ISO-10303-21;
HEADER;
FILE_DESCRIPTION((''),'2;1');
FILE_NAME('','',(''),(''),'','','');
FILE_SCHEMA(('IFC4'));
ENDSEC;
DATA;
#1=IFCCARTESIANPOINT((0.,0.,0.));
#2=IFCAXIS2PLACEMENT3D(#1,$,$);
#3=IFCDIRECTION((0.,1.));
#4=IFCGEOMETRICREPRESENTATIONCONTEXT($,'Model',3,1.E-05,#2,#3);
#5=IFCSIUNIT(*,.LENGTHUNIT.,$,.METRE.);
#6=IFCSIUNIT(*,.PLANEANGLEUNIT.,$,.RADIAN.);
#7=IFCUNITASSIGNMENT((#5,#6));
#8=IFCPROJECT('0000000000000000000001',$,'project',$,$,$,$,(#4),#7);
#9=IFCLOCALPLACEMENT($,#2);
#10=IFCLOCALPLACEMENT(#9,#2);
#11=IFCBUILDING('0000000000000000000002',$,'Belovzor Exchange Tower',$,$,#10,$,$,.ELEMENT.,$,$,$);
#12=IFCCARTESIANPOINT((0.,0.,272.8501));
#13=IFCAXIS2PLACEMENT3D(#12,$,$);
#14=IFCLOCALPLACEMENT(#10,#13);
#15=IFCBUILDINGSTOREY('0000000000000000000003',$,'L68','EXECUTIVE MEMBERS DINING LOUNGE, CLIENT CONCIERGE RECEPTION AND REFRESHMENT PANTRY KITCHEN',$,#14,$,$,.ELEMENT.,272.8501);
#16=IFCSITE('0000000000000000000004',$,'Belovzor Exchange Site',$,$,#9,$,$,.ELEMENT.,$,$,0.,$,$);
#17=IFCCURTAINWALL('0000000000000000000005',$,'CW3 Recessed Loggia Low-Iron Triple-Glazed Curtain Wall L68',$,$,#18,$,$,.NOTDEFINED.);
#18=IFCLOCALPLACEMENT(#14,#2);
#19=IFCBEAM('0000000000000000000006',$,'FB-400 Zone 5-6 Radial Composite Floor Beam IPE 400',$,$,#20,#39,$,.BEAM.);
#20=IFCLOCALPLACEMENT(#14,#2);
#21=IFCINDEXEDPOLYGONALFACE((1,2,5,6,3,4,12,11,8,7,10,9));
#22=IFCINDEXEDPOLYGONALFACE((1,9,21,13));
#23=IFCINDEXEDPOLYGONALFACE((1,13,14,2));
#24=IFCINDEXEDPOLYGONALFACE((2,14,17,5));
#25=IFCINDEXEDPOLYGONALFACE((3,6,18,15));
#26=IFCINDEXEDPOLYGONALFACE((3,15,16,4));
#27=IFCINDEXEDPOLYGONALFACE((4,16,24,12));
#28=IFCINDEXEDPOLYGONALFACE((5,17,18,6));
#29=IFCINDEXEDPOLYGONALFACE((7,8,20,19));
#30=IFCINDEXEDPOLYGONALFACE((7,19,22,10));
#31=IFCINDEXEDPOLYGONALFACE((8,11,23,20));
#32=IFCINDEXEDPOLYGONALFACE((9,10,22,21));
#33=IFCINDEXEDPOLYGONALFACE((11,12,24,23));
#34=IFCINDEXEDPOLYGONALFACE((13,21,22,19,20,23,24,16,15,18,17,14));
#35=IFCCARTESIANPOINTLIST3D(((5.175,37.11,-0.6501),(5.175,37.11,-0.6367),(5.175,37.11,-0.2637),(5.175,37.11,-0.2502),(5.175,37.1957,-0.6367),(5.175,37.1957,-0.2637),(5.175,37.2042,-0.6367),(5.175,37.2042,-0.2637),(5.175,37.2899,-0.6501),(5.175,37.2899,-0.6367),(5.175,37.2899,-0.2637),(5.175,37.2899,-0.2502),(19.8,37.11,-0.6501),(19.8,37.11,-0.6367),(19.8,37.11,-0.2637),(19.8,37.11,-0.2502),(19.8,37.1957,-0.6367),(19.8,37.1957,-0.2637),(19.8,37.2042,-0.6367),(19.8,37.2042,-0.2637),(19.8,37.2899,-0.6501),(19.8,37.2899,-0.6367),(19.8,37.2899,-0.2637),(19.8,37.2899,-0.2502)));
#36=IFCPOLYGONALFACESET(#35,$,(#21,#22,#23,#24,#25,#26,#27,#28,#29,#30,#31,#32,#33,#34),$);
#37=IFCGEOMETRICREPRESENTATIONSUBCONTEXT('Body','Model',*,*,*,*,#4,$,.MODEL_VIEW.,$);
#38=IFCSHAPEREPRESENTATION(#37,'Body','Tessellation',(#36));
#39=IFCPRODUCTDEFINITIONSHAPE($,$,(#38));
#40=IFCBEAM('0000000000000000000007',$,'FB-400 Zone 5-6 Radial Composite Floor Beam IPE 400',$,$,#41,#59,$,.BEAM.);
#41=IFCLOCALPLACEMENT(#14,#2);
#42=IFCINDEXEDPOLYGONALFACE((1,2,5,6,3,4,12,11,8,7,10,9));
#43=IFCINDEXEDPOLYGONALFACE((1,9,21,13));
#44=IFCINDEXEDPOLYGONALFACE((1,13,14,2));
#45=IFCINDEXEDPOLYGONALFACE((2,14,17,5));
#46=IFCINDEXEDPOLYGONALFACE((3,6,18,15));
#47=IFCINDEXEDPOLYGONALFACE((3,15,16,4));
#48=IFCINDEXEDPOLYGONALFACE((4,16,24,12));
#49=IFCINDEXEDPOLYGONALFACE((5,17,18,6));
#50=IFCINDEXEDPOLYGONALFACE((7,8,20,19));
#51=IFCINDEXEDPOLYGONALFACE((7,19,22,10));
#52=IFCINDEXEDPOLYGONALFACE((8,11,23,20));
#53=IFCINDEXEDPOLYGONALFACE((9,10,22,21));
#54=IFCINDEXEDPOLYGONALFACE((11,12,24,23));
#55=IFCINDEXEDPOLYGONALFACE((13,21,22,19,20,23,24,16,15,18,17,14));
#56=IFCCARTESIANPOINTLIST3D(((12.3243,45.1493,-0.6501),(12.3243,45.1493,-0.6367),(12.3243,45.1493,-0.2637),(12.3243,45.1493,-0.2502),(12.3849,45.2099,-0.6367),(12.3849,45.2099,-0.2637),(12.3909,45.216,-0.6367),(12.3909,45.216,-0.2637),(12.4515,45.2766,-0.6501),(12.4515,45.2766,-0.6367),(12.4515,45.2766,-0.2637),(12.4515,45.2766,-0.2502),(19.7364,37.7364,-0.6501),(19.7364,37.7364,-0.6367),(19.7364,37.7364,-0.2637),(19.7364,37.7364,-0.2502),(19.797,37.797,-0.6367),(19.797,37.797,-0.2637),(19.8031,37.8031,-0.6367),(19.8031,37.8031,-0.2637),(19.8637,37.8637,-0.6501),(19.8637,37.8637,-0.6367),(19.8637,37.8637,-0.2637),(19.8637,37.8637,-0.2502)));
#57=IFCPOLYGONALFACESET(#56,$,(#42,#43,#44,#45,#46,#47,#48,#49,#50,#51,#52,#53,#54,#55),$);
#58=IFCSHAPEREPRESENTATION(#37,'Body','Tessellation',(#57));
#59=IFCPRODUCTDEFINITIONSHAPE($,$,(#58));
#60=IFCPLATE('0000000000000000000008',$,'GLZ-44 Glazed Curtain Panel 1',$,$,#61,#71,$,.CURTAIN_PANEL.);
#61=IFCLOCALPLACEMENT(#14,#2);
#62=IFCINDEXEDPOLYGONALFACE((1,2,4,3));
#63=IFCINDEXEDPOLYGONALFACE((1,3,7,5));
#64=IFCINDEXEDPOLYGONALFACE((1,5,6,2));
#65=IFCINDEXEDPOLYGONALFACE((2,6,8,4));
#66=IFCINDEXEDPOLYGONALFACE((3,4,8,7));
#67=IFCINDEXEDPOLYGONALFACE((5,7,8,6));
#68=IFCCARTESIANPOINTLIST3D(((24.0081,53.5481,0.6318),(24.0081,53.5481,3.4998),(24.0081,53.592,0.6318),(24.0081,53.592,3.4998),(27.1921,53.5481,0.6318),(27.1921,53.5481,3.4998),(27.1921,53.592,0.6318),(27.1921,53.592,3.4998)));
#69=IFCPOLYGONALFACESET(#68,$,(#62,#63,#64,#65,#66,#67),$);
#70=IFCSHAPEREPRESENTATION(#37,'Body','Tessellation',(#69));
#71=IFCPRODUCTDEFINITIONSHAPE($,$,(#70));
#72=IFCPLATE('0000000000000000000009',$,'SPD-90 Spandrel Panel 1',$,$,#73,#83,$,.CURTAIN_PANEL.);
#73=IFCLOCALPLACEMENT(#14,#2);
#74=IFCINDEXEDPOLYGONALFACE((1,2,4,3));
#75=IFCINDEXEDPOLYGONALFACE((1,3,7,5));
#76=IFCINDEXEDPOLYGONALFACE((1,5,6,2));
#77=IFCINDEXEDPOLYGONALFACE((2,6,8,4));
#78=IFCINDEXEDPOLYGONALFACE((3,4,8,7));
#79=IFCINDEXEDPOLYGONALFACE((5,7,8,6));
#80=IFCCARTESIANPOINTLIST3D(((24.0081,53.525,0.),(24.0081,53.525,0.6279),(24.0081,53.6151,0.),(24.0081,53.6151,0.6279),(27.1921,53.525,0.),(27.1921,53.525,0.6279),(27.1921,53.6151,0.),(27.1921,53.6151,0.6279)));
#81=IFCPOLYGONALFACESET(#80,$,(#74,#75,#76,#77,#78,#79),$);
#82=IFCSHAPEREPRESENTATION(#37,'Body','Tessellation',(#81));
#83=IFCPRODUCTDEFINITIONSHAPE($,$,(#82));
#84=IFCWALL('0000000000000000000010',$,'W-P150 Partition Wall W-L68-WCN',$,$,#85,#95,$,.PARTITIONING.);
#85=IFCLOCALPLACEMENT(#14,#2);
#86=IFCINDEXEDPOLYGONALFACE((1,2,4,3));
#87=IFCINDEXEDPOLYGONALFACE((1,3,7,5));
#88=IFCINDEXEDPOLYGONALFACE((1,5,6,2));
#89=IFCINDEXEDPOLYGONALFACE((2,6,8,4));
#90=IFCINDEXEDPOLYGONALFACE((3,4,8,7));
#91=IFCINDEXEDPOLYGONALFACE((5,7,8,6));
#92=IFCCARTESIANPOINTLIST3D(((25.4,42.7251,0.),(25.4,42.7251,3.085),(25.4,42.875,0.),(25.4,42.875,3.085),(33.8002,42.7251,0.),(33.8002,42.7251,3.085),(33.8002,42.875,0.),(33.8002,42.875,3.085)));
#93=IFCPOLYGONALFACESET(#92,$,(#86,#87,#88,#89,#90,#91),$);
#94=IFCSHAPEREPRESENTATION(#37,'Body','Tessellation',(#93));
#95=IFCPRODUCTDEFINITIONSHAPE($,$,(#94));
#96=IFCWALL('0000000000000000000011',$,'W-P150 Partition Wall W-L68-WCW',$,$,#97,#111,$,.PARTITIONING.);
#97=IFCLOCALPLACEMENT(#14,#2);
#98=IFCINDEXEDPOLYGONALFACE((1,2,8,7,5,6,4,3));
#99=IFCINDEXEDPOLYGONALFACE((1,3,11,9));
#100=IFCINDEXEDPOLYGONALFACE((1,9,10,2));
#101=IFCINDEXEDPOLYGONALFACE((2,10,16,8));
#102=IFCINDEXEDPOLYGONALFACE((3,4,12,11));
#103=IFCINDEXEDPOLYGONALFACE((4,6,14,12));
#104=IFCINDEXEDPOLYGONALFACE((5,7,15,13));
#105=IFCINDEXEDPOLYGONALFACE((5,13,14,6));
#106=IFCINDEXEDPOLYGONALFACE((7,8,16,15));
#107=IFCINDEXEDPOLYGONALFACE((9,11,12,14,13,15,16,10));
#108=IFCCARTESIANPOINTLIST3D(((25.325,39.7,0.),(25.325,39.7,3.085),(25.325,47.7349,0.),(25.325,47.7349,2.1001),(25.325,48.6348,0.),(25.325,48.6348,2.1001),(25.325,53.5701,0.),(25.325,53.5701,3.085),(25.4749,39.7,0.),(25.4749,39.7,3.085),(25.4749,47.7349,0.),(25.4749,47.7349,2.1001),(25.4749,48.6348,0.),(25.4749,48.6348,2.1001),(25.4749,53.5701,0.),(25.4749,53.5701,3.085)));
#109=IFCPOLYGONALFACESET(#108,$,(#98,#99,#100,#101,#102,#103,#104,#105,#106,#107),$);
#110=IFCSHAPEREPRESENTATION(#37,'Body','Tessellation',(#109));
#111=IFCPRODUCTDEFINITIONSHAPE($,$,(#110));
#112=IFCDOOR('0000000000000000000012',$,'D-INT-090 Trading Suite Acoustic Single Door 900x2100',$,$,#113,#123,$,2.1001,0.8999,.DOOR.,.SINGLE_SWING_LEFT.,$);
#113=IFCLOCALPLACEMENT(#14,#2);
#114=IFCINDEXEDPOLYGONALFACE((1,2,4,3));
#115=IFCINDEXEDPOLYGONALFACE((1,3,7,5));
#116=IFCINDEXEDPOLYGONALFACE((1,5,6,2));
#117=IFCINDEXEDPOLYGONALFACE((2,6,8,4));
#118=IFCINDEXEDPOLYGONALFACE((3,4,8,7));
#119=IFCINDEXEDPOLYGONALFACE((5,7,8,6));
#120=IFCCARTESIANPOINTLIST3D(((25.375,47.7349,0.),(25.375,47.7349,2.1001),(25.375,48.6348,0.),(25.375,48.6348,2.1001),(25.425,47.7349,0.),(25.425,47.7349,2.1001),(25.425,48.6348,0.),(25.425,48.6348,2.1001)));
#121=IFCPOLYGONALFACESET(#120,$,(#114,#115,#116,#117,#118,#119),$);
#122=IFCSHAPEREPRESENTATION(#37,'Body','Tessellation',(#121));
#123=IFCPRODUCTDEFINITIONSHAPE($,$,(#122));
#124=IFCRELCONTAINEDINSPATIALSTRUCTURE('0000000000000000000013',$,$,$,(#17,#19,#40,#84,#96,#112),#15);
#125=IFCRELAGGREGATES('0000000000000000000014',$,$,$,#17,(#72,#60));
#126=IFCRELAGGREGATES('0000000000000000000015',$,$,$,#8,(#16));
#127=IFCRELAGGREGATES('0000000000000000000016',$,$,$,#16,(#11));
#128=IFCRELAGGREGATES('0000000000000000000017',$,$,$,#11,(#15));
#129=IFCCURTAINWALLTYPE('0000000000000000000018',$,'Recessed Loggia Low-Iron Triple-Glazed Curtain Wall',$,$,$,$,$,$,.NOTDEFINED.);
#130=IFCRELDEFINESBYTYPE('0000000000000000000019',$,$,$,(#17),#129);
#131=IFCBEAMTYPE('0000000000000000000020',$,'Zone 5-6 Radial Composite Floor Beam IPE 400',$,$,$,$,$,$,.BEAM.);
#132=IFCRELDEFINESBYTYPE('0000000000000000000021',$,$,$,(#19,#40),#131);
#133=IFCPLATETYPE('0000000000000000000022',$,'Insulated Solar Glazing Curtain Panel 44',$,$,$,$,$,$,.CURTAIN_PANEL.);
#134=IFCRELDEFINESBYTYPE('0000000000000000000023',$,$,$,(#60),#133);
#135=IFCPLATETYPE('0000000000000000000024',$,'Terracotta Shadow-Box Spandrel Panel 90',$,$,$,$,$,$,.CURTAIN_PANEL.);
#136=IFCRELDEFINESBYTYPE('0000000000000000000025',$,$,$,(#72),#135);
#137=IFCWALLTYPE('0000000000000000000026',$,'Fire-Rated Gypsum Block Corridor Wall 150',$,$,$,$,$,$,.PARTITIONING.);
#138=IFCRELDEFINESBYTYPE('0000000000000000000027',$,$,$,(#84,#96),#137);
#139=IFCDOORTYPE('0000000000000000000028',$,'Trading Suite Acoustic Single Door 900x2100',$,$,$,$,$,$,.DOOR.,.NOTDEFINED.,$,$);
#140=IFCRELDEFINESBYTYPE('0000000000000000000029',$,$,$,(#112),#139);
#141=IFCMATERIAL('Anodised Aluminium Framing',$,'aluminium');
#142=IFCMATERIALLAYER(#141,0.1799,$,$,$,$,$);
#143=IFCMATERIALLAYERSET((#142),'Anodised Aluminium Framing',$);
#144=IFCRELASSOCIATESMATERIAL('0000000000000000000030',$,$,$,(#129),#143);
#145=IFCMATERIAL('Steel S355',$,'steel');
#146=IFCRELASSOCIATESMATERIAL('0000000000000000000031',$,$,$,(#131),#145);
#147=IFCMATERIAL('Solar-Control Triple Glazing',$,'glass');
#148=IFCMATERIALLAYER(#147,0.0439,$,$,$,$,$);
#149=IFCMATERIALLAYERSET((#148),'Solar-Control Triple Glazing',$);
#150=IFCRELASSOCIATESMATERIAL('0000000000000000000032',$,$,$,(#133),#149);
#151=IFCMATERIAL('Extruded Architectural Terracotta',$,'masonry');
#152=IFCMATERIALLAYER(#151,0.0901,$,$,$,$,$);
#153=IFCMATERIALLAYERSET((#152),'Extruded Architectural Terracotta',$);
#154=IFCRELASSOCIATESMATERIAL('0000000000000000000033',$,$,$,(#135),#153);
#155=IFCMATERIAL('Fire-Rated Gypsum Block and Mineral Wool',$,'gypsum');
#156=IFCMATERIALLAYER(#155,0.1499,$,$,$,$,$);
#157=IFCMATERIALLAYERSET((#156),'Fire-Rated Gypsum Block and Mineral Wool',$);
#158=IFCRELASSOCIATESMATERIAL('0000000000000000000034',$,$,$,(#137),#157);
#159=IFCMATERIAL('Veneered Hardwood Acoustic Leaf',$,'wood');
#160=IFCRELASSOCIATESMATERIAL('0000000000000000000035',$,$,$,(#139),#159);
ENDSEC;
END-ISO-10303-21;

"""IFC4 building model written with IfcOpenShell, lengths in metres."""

from ifc_helpers import new_model, si_unit, direction, frame, frame_2d, origin, origin_2d, place, context, subcontext, project, spatial, rectangle, i_section, extrude, material, layer, layer_set, material_profile, profile_set, type_object, element, fill, aggregate, save


model = new_model("IFC4")

# Units and contexts
model_context = context("Model", 3, precision=1e-05, world=origin(), true_north=direction((0.0, 1.0)))
body_context = subcontext(model_context, "Body", "Model", "MODEL_VIEW")
ifc_project = project(units=[si_unit("LENGTHUNIT", "METRE"), si_unit("PLANEANGLEUNIT", "RADIAN")], contexts=[model_context])

# Site, building, storey
site_placement = place(None, origin())
site = spatial("IfcSite", under=ifc_project, at=site_placement, Name="Belovzor Exchange Site", CompositionType="ELEMENT", RefElevation=0.0)
building_placement = place(site_placement, origin())
building = spatial("IfcBuilding", under=site, at=building_placement, Name="Belovzor Exchange Tower", CompositionType="ELEMENT")
storey_placement = place(building_placement, frame((0.0, 0.0, 272.8501)))
storey = spatial("IfcBuildingStorey", under=building, at=storey_placement, Name="L68", Description="EXECUTIVE MEMBERS DINING LOUNGE, CLIENT CONCIERGE RECEPTION AND REFRESHMENT PANTRY KITCHEN", CompositionType="ELEMENT", Elevation=272.8501)

# Curtain wall
ifc_material_1 = material(Name="Anodised Aluminium Framing", Category="aluminium")
ifc_layer_1 = layer(ifc_material_1, 0.1799)
ifc_layer_set_1 = layer_set([ifc_layer_1], Name="Anodised Aluminium Framing")
curtain_wall_type = type_object("IfcCurtainWallType", Name="Recessed Loggia Low-Iron Triple-Glazed Curtain Wall", PredefinedType="NOTDEFINED", material=ifc_layer_set_1)
curtain_wall_placement = place(storey_placement, origin())
curtain_wall = element("IfcCurtainWall", 1, at=curtain_wall_placement, inside=storey, type_object=curtain_wall_type, Name="CW3 Recessed Loggia Low-Iron Triple-Glazed Curtain Wall L68", PredefinedType="NOTDEFINED")

# Beams
ifc_material_2 = material(Name="Steel S355", Category="steel")
ifc_material_profile_1 = material_profile(ifc_material_2, i_section(OverallWidth=0.1799, OverallDepth=0.3999, WebThickness=0.0085, FlangeThickness=0.0134, at=origin_2d()))
ifc_profile_set_1 = profile_set([ifc_material_profile_1], Name="Steel S355")
beam_type_1 = type_object("IfcBeamType", Name="Zone 5-6 Radial Composite Floor Beam IPE 400", PredefinedType="BEAM", material=ifc_profile_set_1)
for number, where, z_axis, x_axis, name in (
    (2, (19.8, 37.2, -0.4502), (-1.0, 0.0, 0.0), (0.0, -1.0, 0.0), "FB-400 Zone 5-6 Radial Composite Floor Beam IPE 400"),
):
    element("IfcBeam", number, at=place(storey_placement, frame(where, z_axis=z_axis, x_axis=x_axis)), inside=storey, type_object=beam_type_1, Name=name, PredefinedType="BEAM", context=body_context, shape_type="SweptSolid", body=[
        extrude(i_section(OverallWidth=0.1799, OverallDepth=0.3999, WebThickness=0.0085, FlangeThickness=0.0134, at=origin_2d()), origin(), (0.0, 0.0, 1.0), 14.625),
    ])
beam_1_placement = place(storey_placement, frame((19.8, 37.8, -0.4502), z_axis=(-0.707072, 0.707142, 0.0), x_axis=(-0.707142, -0.707072, 0.0)))
element("IfcBeam", 3, at=beam_1_placement, inside=storey, type_object=beam_type_1, Name="FB-400 Zone 5-6 Radial Composite Floor Beam IPE 400", PredefinedType="BEAM", context=body_context, shape_type="SweptSolid", body=[
    extrude(i_section(OverallWidth=0.1799, OverallDepth=0.3999, WebThickness=0.0085, FlangeThickness=0.0134, at=origin_2d()), origin(), (0.0, 0.0, 1.0), 10.4829),
])

# Plates
ifc_material_3 = material(Name="Solar-Control Triple Glazing", Category="glass")
ifc_layer_2 = layer(ifc_material_3, 0.0439)
ifc_layer_set_2 = layer_set([ifc_layer_2], Name="Solar-Control Triple Glazing")
plate_type_1 = type_object("IfcPlateType", Name="Insulated Solar Glazing Curtain Panel 44", PredefinedType="CURTAIN_PANEL", material=ifc_layer_set_2)
plate_1_placement = place(storey_placement, frame((25.6001, 53.5701, 0.6318), z_axis=(0.0, 0.0, 1.0), x_axis=(1.0, 0.0, 0.0)))
plate_1 = element("IfcPlate", 4, at=plate_1_placement, type_object=plate_type_1, Name="GLZ-44 Glazed Curtain Panel 1", PredefinedType="CURTAIN_PANEL", context=body_context, shape_type="SweptSolid", body=[
    extrude(rectangle(XDim=3.1841, YDim=0.0439, at=origin_2d()), origin(), (0.0, 0.0, 1.0), 2.8679),
])
ifc_material_4 = material(Name="Extruded Architectural Terracotta", Category="masonry")
ifc_layer_3 = layer(ifc_material_4, 0.0901)
ifc_layer_set_3 = layer_set([ifc_layer_3], Name="Extruded Architectural Terracotta")
plate_type_2 = type_object("IfcPlateType", Name="Terracotta Shadow-Box Spandrel Panel 90", PredefinedType="CURTAIN_PANEL", material=ifc_layer_set_3)
plate_2_placement = place(storey_placement, frame((25.6001, 53.5701, 0.0), z_axis=(0.0, 0.0, 1.0), x_axis=(1.0, 0.0, 0.0)))
plate_2 = element("IfcPlate", 5, at=plate_2_placement, type_object=plate_type_2, Name="SPD-90 Spandrel Panel 1", PredefinedType="CURTAIN_PANEL", context=body_context, shape_type="SweptSolid", body=[
    extrude(rectangle(XDim=3.1841, YDim=0.0901, at=origin_2d()), origin(), (0.0, 0.0, 1.0), 0.6279),
])
aggregate(curtain_wall, [plate_2, plate_1])

# Wall
ifc_material_5 = material(Name="Fire-Rated Gypsum Block and Mineral Wool", Category="gypsum")
ifc_layer_4 = layer(ifc_material_5, 0.1499)
ifc_layer_set_4 = layer_set([ifc_layer_4], Name="Fire-Rated Gypsum Block and Mineral Wool")
wall_type_1 = type_object("IfcWallType", Name="Fire-Rated Gypsum Block Corridor Wall 150", PredefinedType="PARTITIONING", material=ifc_layer_set_4)
wall_1_placement = place(storey_placement, frame((25.3999, 42.8, 0.0), z_axis=(0.0, 0.0, 1.0), x_axis=(1.0, 0.0, 0.0)))
element("IfcWall", 6, at=wall_1_placement, inside=storey, type_object=wall_type_1, Name="W-P150 Partition Wall W-L68-WCN", PredefinedType="PARTITIONING", context=body_context, shape_type="SweptSolid", body=[
    extrude(rectangle(XDim=8.4001, YDim=0.1499, at=frame_2d((4.2002, 0.0))), origin(), (0.0, 0.0, 1.0), 3.085),
])

# Wall, opening, door
wall_2_placement = place(storey_placement, frame((25.3999, 39.7, 0.0), z_axis=(0.0, 0.0, 1.0), x_axis=(0.0, 1.0, 0.0)))
wall_2 = element("IfcWall", 7, at=wall_2_placement, inside=storey, type_object=wall_type_1, Name="W-P150 Partition Wall W-L68-WCW", PredefinedType="PARTITIONING", context=body_context, shape_type="SweptSolid", body=[
    extrude(rectangle(XDim=13.8701, YDim=0.1499, at=frame_2d((6.9351, 0.0))), origin(), (0.0, 0.0, 1.0), 3.085),
])
opening_1_placement = place(wall_2_placement, frame((8.0349, 0.0, 0.0)))
opening_1 = element("IfcOpeningElement", 8, at=opening_1_placement, cuts=wall_2, PredefinedType="OPENING", context=body_context, shape_type="SweptSolid", body=[
    extrude(rectangle(XDim=0.8999, YDim=2.1001, at=frame_2d((0.45, 1.05))), frame((0.0, 0.085, 0.0), z_axis=(0.0, -1.0, 0.0), x_axis=(1.0, 0.0, 0.0)), (0.0, 0.0, 1.0), 0.1699),
])
ifc_material_6 = material(Name="Veneered Hardwood Acoustic Leaf", Category="wood")
door_type_1 = type_object("IfcDoorType", Name="Trading Suite Acoustic Single Door 900x2100", OperationType="NOTDEFINED", PredefinedType="DOOR", material=ifc_material_6)
door_1_placement = place(opening_1_placement, origin())
door_1 = element("IfcDoor", 9, at=door_1_placement, inside=storey, type_object=door_type_1, Name="D-INT-090 Trading Suite Acoustic Single Door 900x2100", OperationType="SINGLE_SWING_LEFT", OverallHeight=2.1001, OverallWidth=0.8999, PredefinedType="DOOR", context=body_context, shape_type="SweptSolid", body=[
    extrude(rectangle(XDim=0.8999, YDim=2.1001, at=frame_2d((0.45, 1.05))), frame((0.0, 0.0249, 0.0), z_axis=(0.0, -1.0, 0.0), x_axis=(1.0, 0.0, 0.0)), (0.0, 0.0, 1.0), 0.05),
])
fill(opening_1, door_1)

save(model, "model.ifc")
